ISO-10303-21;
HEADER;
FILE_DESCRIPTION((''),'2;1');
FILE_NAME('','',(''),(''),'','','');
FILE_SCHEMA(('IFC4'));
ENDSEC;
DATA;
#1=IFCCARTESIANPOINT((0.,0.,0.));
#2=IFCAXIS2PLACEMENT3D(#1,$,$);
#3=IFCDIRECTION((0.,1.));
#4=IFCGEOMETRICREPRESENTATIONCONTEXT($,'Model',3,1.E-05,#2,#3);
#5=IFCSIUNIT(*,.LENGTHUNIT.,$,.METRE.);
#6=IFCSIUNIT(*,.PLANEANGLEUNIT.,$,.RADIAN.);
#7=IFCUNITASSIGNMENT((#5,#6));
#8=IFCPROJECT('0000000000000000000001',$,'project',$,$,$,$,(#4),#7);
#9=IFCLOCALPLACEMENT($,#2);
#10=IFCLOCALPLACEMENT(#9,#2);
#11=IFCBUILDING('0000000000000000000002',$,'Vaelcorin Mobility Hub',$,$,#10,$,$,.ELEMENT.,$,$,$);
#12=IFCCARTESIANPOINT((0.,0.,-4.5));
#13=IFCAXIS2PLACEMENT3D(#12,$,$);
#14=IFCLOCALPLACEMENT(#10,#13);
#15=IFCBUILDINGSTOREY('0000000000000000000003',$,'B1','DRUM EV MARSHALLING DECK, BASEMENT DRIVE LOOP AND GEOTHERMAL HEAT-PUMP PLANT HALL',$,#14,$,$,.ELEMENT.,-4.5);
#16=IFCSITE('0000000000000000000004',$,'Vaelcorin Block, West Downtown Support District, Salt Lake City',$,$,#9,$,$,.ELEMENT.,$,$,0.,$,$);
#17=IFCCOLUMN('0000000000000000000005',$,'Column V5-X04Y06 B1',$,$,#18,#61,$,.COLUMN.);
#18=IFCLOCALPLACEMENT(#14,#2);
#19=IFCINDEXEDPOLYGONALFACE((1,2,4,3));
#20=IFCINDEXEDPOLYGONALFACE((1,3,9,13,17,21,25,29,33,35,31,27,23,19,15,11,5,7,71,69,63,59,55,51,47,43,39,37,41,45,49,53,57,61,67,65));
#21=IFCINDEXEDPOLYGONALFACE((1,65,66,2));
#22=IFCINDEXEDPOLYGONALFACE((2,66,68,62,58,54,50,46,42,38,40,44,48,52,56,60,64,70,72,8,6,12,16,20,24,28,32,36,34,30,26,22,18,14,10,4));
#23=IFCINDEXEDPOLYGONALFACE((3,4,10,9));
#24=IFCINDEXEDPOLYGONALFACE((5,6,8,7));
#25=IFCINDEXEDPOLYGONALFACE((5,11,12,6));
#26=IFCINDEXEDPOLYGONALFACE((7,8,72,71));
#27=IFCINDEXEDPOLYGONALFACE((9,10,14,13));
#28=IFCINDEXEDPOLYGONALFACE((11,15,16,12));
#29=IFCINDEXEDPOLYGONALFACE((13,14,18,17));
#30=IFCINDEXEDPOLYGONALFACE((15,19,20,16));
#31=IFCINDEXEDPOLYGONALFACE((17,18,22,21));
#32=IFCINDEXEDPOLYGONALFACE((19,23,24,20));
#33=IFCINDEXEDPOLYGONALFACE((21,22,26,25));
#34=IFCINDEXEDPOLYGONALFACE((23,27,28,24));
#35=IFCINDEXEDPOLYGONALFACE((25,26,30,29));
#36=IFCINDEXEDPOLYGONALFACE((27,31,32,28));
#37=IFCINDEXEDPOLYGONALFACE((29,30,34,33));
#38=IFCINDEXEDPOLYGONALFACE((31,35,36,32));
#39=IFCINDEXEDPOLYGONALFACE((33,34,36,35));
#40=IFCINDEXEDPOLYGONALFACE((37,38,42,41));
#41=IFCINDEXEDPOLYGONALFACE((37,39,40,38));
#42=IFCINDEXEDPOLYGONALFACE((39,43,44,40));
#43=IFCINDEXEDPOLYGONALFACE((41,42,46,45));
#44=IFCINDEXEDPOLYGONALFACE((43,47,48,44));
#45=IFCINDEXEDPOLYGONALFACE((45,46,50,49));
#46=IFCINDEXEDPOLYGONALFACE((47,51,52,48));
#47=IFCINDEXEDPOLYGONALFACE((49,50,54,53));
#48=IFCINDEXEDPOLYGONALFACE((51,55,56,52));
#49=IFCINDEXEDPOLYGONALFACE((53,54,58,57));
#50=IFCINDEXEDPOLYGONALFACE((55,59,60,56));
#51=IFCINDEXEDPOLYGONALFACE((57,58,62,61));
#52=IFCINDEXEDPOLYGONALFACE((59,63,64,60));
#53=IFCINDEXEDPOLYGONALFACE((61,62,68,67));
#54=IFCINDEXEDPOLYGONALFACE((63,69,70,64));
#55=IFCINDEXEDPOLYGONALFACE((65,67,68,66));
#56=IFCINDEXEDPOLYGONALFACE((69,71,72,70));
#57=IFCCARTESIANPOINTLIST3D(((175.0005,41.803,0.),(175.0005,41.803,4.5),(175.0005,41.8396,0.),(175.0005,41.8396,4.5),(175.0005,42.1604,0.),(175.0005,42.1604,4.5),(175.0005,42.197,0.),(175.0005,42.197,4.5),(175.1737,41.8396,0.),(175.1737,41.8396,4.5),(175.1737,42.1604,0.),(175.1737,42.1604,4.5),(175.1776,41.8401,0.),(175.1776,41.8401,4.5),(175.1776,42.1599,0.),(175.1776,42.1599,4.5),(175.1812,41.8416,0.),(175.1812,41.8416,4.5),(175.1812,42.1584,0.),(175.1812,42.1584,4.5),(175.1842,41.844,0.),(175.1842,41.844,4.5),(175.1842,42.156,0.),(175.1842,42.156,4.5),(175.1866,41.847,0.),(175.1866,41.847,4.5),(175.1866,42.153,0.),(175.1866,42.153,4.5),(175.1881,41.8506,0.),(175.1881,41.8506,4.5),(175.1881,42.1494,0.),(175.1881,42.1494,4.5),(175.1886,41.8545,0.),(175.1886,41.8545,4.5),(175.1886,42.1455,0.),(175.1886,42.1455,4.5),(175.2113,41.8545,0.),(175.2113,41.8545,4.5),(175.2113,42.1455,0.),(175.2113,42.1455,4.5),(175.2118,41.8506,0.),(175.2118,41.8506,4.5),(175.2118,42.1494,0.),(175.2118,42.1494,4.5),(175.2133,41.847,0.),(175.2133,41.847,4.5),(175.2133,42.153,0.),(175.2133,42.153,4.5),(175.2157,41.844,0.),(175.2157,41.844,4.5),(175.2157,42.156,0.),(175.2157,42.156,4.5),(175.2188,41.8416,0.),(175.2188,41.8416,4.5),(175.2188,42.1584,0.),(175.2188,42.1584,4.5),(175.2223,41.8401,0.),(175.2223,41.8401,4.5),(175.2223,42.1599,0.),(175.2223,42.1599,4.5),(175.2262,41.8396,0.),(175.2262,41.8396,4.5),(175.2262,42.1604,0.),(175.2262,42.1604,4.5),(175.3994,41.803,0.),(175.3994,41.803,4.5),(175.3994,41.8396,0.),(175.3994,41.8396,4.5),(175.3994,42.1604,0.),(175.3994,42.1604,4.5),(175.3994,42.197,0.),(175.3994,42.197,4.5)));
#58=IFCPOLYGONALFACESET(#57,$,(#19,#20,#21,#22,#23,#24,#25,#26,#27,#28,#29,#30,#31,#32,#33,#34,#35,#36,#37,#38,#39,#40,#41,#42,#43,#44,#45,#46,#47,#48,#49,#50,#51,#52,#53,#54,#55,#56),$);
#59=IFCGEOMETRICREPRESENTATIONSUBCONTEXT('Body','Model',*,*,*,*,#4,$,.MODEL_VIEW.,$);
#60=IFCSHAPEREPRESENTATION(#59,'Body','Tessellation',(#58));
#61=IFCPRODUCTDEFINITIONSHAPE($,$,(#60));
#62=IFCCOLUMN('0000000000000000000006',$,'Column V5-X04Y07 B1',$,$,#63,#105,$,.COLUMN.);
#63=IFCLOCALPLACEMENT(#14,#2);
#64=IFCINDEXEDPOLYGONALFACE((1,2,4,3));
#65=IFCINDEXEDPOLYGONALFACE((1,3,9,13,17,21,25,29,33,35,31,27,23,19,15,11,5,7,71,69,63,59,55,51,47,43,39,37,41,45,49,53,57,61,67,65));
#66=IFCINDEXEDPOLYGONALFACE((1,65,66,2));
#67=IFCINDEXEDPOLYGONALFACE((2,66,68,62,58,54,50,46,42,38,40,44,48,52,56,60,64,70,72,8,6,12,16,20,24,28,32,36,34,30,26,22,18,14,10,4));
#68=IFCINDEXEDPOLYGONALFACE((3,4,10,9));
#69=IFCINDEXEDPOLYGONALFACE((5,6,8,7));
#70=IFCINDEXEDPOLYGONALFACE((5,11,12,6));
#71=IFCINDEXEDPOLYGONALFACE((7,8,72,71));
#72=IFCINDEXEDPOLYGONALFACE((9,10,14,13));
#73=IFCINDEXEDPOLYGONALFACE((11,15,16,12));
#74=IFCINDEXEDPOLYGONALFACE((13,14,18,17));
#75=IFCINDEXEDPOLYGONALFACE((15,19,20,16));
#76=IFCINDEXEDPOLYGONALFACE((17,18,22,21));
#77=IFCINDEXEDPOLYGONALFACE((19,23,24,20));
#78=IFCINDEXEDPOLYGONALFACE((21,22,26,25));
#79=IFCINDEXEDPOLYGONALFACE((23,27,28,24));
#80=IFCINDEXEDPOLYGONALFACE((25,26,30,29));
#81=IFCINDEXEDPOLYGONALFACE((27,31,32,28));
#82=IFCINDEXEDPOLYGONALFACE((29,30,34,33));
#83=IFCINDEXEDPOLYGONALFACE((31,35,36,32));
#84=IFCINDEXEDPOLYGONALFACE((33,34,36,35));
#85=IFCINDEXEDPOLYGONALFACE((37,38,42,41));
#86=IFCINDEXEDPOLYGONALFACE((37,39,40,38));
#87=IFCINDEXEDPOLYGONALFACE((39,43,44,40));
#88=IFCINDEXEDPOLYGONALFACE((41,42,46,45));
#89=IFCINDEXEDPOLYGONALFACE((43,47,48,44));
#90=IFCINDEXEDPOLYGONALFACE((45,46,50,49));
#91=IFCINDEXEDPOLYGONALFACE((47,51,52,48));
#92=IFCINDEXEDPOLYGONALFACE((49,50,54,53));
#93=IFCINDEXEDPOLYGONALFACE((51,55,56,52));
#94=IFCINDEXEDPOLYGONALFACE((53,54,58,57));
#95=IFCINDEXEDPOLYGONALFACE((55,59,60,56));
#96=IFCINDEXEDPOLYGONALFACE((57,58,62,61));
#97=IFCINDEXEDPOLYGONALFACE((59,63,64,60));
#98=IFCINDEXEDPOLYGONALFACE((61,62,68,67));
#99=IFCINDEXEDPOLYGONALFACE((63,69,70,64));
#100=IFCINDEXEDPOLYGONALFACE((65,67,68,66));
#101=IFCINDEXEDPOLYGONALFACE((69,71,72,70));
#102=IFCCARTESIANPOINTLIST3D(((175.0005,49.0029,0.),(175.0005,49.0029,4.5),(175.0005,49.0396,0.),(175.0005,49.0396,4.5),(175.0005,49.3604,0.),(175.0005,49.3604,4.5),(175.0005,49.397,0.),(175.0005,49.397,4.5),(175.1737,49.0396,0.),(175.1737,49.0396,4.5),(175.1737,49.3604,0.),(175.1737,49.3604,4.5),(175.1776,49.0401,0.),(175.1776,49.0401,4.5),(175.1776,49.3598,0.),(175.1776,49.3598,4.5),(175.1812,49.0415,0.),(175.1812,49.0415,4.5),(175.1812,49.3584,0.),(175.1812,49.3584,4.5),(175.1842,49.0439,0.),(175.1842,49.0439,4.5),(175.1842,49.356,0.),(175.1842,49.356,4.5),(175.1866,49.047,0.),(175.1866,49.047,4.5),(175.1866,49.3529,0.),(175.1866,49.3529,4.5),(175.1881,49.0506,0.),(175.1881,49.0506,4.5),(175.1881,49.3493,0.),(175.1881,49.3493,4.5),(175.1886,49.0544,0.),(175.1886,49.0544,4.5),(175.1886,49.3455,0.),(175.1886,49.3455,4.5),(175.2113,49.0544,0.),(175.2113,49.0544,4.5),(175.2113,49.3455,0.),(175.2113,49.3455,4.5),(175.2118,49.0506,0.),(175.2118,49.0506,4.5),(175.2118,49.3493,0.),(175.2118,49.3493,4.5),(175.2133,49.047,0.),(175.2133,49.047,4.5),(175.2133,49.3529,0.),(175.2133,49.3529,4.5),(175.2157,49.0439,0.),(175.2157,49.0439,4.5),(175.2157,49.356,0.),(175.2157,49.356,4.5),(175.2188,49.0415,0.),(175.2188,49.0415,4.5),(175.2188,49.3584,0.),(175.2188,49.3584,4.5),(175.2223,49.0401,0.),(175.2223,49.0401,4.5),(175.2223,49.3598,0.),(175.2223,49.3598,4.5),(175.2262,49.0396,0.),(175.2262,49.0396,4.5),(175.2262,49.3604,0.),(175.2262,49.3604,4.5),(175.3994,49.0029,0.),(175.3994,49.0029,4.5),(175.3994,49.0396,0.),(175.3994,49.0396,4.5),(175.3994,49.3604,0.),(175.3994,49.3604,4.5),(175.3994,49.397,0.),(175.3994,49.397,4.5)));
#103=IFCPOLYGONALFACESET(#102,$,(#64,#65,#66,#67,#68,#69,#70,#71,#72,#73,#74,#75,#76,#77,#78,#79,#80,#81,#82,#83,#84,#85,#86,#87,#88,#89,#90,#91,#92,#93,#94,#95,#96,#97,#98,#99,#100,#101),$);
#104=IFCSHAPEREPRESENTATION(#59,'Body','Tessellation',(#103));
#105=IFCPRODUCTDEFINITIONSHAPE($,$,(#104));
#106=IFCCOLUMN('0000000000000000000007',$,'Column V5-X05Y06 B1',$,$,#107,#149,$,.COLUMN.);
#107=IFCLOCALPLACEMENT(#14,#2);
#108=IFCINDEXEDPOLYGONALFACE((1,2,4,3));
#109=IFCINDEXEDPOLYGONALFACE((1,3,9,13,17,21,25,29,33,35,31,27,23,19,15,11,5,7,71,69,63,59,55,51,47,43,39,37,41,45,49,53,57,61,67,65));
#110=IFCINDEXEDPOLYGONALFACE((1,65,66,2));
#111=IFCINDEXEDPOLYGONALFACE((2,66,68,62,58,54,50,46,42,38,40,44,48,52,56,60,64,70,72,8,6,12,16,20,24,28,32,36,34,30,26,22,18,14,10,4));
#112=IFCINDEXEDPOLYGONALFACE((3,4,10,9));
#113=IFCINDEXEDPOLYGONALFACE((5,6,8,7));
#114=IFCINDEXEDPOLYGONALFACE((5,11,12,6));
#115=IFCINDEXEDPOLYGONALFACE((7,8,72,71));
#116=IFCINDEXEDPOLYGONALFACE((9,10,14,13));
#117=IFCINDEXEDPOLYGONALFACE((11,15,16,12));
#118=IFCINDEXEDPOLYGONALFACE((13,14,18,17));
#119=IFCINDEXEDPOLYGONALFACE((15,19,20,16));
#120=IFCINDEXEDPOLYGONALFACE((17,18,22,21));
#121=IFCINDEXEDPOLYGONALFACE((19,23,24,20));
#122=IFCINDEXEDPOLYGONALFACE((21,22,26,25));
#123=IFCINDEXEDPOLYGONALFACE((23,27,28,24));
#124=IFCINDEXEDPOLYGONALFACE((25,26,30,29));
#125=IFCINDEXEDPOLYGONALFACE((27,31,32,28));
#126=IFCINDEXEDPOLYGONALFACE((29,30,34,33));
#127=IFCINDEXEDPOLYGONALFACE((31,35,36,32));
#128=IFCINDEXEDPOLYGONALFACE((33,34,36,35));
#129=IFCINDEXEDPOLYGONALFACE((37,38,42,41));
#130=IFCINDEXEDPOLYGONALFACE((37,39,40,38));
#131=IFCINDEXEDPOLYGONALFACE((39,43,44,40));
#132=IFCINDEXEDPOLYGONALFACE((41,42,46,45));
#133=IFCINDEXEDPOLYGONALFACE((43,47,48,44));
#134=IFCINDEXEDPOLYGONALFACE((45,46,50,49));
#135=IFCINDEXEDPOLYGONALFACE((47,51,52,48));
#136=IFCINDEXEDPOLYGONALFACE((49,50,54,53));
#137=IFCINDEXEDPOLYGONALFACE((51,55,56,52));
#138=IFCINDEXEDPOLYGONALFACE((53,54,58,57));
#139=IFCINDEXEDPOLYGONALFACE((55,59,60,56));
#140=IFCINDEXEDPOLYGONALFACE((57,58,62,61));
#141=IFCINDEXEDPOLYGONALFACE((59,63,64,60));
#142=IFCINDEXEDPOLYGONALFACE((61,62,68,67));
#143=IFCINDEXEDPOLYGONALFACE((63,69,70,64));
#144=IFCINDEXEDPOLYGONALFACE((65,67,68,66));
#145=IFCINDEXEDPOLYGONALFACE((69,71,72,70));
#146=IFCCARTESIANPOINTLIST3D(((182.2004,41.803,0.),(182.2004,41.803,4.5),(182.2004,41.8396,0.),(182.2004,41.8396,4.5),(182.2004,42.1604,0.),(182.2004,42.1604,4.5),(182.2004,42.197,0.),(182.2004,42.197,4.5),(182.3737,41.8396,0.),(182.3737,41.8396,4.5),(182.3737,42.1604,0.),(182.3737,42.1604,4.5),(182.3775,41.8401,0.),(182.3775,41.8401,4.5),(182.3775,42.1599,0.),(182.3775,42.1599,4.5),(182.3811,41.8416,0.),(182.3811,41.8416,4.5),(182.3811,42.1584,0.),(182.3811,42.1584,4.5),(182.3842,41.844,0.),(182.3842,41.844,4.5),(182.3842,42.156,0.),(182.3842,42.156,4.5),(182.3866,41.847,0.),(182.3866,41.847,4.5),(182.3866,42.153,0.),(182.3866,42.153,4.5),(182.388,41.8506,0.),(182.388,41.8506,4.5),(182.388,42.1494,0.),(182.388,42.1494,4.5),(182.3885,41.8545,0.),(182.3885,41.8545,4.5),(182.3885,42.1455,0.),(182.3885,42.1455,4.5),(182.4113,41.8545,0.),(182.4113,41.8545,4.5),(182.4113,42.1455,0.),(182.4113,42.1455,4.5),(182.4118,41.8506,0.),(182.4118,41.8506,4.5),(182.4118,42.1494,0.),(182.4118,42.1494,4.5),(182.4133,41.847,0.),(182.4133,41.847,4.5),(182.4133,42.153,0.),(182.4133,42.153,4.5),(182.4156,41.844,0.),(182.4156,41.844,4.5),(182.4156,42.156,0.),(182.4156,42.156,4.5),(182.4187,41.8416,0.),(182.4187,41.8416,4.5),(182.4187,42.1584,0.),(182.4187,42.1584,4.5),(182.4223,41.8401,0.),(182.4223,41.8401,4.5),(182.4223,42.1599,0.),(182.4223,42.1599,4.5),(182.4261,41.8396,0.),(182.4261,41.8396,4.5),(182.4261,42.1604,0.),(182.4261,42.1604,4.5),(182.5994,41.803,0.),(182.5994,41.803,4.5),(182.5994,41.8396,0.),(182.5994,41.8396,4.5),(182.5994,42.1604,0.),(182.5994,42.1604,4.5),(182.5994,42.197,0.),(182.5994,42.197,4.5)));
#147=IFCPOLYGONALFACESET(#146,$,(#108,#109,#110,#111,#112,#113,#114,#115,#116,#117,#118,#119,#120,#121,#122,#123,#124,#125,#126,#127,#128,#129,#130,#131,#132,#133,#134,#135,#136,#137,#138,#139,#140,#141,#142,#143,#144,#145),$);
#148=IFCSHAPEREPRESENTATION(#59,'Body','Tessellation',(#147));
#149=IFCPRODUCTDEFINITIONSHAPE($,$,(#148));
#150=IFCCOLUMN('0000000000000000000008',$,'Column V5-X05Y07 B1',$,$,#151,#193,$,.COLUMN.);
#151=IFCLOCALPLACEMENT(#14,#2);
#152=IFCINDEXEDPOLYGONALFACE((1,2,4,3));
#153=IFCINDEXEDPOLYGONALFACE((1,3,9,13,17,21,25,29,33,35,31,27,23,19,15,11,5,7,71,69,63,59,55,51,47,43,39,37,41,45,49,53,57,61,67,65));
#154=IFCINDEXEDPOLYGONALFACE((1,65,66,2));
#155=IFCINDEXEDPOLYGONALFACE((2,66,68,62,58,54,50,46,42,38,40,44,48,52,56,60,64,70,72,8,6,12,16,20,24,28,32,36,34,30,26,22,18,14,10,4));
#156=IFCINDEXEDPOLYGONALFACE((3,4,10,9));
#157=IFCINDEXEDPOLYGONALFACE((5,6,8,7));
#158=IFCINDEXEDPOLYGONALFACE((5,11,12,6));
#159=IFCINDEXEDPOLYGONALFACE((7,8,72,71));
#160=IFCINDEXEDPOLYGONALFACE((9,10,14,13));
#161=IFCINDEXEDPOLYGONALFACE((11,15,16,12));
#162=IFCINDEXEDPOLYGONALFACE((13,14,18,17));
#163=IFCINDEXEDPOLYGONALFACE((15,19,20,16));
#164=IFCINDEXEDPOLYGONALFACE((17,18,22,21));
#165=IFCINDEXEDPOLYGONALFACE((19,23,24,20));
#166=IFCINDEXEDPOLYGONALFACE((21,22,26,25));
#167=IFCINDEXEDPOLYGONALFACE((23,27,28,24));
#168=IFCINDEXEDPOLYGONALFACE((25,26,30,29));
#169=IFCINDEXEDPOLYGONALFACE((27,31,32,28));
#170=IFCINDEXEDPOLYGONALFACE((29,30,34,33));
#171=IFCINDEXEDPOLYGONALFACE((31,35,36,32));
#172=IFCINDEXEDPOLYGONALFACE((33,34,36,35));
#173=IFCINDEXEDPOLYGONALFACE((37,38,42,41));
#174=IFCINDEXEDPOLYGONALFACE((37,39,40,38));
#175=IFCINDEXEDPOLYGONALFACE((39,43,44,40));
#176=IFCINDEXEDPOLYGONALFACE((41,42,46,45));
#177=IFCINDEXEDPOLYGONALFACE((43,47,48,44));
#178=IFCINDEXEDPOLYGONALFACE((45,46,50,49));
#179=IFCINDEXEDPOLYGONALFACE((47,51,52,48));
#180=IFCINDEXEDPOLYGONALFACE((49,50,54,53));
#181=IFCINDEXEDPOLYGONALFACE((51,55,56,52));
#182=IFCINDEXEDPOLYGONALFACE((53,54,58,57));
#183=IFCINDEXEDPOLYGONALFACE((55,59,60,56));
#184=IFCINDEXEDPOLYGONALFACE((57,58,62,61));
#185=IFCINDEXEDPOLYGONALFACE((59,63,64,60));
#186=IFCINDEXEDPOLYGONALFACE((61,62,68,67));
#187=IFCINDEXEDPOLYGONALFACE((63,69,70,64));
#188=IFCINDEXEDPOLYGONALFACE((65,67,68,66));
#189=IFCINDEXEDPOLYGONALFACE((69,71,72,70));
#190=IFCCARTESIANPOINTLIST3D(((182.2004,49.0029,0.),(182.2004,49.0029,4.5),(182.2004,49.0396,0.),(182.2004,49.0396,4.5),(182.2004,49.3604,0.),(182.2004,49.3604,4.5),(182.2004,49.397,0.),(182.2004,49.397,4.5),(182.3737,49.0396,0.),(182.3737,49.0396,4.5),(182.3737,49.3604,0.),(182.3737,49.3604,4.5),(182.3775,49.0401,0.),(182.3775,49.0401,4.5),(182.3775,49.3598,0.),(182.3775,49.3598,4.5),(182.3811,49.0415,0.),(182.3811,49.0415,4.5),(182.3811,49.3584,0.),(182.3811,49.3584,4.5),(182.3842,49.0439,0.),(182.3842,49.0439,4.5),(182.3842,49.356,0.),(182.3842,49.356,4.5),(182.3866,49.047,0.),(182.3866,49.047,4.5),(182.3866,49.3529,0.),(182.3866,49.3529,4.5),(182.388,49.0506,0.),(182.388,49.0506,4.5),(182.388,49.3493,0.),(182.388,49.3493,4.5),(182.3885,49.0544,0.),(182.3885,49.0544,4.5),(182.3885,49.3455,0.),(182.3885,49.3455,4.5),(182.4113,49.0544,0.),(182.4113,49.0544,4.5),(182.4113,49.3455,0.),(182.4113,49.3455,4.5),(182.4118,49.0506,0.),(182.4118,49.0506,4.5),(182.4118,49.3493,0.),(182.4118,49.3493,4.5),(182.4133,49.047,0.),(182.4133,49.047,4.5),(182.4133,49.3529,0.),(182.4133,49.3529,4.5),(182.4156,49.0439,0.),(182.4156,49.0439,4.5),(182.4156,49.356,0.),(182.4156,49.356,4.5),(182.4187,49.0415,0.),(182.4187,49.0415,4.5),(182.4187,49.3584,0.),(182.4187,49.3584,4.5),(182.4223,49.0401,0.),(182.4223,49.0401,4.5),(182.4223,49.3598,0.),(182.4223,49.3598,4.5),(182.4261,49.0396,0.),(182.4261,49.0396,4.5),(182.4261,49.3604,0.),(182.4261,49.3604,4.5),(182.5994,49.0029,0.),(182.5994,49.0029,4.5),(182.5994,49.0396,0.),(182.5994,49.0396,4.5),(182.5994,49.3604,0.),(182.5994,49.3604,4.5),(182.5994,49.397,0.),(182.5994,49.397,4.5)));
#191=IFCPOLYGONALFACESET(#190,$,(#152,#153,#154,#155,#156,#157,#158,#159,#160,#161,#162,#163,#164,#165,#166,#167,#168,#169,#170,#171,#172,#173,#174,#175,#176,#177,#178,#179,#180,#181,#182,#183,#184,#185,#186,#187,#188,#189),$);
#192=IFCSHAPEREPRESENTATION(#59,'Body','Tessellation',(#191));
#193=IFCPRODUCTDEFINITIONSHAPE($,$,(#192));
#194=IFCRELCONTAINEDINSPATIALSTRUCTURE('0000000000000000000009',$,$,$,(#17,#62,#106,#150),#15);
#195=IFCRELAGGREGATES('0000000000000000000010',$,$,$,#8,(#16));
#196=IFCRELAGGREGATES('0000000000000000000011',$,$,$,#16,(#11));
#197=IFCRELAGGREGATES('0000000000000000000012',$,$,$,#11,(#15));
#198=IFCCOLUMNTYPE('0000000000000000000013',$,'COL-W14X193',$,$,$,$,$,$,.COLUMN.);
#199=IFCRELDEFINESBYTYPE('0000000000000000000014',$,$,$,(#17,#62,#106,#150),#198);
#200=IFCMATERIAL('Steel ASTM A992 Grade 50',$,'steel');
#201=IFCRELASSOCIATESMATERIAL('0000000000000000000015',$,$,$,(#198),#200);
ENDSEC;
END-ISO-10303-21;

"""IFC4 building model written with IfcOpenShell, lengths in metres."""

from ifc_helpers import new_model, si_unit, direction, frame, origin, origin_2d, place, context, subcontext, project, spatial, i_section, extrude, material, material_profile, profile_set, type_object, element, save


model = new_model("IFC4")

# Units and contexts
model_context = context("Model", 3, precision=1e-05, world=origin(), true_north=direction((0.0, 1.0)))
body_context = subcontext(model_context, "Body", "Model", "MODEL_VIEW")
ifc_project = project(units=[si_unit("LENGTHUNIT", "METRE"), si_unit("PLANEANGLEUNIT", "RADIAN")], contexts=[model_context])

# Site, building, storey
site_placement = place(None, origin())
site = spatial("IfcSite", under=ifc_project, at=site_placement, Name="Vaelcorin Block, West Downtown Support District, Salt Lake City", CompositionType="ELEMENT", RefElevation=0.0)
building_placement = place(site_placement, origin())
building = spatial("IfcBuilding", under=site, at=building_placement, Name="Vaelcorin Mobility Hub", CompositionType="ELEMENT")
storey_placement = place(building_placement, frame((0.0, 0.0, -4.5)))
storey = spatial("IfcBuildingStorey", under=building, at=storey_placement, Name="B1", Description="DRUM EV MARSHALLING DECK, BASEMENT DRIVE LOOP AND GEOTHERMAL HEAT-PUMP PLANT HALL", CompositionType="ELEMENT", Elevation=-4.5)

# Columns
ifc_material_1 = material(Name="Steel ASTM A992 Grade 50", Category="steel")
ifc_material_profile_1 = material_profile(ifc_material_1, i_section(OverallWidth=0.3989, OverallDepth=0.394, WebThickness=0.0227, FlangeThickness=0.0366, FilletRadius=0.0149, at=origin_2d()), Name="W14X193")
ifc_profile_set_1 = profile_set([ifc_material_profile_1], Name="Steel ASTM A992 Grade 50")
column_type = type_object("IfcColumnType", Name="COL-W14X193", PredefinedType="COLUMN", material=ifc_profile_set_1)
for number, where, z_axis, x_axis, name in (
    (1, (175.2, 42.0, 0.0), (0.0, 0.0, 1.0), (1.0, 0.0, 0.0), "Column V5-X04Y06 B1"),
    (2, (175.2, 49.2, 0.0), (0.0, 0.0, 1.0), (1.0, 0.0, 0.0), "Column V5-X04Y07 B1"),
    (3, (182.3999, 42.0, 0.0), (0.0, 0.0, 1.0), (1.0, 0.0, 0.0), "Column V5-X05Y06 B1"),
    (4, (182.3999, 49.2, 0.0), (0.0, 0.0, 1.0), (1.0, 0.0, 0.0), "Column V5-X05Y07 B1"),
):
    element("IfcColumn", number, at=place(storey_placement, frame(where, z_axis=z_axis, x_axis=x_axis)), inside=storey, type_object=column_type, Name=name, PredefinedType="COLUMN", context=body_context, shape_type="SweptSolid", body=[
        extrude(i_section(OverallWidth=0.3989, OverallDepth=0.394, WebThickness=0.0227, FlangeThickness=0.0366, FilletRadius=0.0149, at=origin_2d()), origin(), (0.0, 0.0, 1.0), 4.5),
    ])

save(model, "model.ifc")
